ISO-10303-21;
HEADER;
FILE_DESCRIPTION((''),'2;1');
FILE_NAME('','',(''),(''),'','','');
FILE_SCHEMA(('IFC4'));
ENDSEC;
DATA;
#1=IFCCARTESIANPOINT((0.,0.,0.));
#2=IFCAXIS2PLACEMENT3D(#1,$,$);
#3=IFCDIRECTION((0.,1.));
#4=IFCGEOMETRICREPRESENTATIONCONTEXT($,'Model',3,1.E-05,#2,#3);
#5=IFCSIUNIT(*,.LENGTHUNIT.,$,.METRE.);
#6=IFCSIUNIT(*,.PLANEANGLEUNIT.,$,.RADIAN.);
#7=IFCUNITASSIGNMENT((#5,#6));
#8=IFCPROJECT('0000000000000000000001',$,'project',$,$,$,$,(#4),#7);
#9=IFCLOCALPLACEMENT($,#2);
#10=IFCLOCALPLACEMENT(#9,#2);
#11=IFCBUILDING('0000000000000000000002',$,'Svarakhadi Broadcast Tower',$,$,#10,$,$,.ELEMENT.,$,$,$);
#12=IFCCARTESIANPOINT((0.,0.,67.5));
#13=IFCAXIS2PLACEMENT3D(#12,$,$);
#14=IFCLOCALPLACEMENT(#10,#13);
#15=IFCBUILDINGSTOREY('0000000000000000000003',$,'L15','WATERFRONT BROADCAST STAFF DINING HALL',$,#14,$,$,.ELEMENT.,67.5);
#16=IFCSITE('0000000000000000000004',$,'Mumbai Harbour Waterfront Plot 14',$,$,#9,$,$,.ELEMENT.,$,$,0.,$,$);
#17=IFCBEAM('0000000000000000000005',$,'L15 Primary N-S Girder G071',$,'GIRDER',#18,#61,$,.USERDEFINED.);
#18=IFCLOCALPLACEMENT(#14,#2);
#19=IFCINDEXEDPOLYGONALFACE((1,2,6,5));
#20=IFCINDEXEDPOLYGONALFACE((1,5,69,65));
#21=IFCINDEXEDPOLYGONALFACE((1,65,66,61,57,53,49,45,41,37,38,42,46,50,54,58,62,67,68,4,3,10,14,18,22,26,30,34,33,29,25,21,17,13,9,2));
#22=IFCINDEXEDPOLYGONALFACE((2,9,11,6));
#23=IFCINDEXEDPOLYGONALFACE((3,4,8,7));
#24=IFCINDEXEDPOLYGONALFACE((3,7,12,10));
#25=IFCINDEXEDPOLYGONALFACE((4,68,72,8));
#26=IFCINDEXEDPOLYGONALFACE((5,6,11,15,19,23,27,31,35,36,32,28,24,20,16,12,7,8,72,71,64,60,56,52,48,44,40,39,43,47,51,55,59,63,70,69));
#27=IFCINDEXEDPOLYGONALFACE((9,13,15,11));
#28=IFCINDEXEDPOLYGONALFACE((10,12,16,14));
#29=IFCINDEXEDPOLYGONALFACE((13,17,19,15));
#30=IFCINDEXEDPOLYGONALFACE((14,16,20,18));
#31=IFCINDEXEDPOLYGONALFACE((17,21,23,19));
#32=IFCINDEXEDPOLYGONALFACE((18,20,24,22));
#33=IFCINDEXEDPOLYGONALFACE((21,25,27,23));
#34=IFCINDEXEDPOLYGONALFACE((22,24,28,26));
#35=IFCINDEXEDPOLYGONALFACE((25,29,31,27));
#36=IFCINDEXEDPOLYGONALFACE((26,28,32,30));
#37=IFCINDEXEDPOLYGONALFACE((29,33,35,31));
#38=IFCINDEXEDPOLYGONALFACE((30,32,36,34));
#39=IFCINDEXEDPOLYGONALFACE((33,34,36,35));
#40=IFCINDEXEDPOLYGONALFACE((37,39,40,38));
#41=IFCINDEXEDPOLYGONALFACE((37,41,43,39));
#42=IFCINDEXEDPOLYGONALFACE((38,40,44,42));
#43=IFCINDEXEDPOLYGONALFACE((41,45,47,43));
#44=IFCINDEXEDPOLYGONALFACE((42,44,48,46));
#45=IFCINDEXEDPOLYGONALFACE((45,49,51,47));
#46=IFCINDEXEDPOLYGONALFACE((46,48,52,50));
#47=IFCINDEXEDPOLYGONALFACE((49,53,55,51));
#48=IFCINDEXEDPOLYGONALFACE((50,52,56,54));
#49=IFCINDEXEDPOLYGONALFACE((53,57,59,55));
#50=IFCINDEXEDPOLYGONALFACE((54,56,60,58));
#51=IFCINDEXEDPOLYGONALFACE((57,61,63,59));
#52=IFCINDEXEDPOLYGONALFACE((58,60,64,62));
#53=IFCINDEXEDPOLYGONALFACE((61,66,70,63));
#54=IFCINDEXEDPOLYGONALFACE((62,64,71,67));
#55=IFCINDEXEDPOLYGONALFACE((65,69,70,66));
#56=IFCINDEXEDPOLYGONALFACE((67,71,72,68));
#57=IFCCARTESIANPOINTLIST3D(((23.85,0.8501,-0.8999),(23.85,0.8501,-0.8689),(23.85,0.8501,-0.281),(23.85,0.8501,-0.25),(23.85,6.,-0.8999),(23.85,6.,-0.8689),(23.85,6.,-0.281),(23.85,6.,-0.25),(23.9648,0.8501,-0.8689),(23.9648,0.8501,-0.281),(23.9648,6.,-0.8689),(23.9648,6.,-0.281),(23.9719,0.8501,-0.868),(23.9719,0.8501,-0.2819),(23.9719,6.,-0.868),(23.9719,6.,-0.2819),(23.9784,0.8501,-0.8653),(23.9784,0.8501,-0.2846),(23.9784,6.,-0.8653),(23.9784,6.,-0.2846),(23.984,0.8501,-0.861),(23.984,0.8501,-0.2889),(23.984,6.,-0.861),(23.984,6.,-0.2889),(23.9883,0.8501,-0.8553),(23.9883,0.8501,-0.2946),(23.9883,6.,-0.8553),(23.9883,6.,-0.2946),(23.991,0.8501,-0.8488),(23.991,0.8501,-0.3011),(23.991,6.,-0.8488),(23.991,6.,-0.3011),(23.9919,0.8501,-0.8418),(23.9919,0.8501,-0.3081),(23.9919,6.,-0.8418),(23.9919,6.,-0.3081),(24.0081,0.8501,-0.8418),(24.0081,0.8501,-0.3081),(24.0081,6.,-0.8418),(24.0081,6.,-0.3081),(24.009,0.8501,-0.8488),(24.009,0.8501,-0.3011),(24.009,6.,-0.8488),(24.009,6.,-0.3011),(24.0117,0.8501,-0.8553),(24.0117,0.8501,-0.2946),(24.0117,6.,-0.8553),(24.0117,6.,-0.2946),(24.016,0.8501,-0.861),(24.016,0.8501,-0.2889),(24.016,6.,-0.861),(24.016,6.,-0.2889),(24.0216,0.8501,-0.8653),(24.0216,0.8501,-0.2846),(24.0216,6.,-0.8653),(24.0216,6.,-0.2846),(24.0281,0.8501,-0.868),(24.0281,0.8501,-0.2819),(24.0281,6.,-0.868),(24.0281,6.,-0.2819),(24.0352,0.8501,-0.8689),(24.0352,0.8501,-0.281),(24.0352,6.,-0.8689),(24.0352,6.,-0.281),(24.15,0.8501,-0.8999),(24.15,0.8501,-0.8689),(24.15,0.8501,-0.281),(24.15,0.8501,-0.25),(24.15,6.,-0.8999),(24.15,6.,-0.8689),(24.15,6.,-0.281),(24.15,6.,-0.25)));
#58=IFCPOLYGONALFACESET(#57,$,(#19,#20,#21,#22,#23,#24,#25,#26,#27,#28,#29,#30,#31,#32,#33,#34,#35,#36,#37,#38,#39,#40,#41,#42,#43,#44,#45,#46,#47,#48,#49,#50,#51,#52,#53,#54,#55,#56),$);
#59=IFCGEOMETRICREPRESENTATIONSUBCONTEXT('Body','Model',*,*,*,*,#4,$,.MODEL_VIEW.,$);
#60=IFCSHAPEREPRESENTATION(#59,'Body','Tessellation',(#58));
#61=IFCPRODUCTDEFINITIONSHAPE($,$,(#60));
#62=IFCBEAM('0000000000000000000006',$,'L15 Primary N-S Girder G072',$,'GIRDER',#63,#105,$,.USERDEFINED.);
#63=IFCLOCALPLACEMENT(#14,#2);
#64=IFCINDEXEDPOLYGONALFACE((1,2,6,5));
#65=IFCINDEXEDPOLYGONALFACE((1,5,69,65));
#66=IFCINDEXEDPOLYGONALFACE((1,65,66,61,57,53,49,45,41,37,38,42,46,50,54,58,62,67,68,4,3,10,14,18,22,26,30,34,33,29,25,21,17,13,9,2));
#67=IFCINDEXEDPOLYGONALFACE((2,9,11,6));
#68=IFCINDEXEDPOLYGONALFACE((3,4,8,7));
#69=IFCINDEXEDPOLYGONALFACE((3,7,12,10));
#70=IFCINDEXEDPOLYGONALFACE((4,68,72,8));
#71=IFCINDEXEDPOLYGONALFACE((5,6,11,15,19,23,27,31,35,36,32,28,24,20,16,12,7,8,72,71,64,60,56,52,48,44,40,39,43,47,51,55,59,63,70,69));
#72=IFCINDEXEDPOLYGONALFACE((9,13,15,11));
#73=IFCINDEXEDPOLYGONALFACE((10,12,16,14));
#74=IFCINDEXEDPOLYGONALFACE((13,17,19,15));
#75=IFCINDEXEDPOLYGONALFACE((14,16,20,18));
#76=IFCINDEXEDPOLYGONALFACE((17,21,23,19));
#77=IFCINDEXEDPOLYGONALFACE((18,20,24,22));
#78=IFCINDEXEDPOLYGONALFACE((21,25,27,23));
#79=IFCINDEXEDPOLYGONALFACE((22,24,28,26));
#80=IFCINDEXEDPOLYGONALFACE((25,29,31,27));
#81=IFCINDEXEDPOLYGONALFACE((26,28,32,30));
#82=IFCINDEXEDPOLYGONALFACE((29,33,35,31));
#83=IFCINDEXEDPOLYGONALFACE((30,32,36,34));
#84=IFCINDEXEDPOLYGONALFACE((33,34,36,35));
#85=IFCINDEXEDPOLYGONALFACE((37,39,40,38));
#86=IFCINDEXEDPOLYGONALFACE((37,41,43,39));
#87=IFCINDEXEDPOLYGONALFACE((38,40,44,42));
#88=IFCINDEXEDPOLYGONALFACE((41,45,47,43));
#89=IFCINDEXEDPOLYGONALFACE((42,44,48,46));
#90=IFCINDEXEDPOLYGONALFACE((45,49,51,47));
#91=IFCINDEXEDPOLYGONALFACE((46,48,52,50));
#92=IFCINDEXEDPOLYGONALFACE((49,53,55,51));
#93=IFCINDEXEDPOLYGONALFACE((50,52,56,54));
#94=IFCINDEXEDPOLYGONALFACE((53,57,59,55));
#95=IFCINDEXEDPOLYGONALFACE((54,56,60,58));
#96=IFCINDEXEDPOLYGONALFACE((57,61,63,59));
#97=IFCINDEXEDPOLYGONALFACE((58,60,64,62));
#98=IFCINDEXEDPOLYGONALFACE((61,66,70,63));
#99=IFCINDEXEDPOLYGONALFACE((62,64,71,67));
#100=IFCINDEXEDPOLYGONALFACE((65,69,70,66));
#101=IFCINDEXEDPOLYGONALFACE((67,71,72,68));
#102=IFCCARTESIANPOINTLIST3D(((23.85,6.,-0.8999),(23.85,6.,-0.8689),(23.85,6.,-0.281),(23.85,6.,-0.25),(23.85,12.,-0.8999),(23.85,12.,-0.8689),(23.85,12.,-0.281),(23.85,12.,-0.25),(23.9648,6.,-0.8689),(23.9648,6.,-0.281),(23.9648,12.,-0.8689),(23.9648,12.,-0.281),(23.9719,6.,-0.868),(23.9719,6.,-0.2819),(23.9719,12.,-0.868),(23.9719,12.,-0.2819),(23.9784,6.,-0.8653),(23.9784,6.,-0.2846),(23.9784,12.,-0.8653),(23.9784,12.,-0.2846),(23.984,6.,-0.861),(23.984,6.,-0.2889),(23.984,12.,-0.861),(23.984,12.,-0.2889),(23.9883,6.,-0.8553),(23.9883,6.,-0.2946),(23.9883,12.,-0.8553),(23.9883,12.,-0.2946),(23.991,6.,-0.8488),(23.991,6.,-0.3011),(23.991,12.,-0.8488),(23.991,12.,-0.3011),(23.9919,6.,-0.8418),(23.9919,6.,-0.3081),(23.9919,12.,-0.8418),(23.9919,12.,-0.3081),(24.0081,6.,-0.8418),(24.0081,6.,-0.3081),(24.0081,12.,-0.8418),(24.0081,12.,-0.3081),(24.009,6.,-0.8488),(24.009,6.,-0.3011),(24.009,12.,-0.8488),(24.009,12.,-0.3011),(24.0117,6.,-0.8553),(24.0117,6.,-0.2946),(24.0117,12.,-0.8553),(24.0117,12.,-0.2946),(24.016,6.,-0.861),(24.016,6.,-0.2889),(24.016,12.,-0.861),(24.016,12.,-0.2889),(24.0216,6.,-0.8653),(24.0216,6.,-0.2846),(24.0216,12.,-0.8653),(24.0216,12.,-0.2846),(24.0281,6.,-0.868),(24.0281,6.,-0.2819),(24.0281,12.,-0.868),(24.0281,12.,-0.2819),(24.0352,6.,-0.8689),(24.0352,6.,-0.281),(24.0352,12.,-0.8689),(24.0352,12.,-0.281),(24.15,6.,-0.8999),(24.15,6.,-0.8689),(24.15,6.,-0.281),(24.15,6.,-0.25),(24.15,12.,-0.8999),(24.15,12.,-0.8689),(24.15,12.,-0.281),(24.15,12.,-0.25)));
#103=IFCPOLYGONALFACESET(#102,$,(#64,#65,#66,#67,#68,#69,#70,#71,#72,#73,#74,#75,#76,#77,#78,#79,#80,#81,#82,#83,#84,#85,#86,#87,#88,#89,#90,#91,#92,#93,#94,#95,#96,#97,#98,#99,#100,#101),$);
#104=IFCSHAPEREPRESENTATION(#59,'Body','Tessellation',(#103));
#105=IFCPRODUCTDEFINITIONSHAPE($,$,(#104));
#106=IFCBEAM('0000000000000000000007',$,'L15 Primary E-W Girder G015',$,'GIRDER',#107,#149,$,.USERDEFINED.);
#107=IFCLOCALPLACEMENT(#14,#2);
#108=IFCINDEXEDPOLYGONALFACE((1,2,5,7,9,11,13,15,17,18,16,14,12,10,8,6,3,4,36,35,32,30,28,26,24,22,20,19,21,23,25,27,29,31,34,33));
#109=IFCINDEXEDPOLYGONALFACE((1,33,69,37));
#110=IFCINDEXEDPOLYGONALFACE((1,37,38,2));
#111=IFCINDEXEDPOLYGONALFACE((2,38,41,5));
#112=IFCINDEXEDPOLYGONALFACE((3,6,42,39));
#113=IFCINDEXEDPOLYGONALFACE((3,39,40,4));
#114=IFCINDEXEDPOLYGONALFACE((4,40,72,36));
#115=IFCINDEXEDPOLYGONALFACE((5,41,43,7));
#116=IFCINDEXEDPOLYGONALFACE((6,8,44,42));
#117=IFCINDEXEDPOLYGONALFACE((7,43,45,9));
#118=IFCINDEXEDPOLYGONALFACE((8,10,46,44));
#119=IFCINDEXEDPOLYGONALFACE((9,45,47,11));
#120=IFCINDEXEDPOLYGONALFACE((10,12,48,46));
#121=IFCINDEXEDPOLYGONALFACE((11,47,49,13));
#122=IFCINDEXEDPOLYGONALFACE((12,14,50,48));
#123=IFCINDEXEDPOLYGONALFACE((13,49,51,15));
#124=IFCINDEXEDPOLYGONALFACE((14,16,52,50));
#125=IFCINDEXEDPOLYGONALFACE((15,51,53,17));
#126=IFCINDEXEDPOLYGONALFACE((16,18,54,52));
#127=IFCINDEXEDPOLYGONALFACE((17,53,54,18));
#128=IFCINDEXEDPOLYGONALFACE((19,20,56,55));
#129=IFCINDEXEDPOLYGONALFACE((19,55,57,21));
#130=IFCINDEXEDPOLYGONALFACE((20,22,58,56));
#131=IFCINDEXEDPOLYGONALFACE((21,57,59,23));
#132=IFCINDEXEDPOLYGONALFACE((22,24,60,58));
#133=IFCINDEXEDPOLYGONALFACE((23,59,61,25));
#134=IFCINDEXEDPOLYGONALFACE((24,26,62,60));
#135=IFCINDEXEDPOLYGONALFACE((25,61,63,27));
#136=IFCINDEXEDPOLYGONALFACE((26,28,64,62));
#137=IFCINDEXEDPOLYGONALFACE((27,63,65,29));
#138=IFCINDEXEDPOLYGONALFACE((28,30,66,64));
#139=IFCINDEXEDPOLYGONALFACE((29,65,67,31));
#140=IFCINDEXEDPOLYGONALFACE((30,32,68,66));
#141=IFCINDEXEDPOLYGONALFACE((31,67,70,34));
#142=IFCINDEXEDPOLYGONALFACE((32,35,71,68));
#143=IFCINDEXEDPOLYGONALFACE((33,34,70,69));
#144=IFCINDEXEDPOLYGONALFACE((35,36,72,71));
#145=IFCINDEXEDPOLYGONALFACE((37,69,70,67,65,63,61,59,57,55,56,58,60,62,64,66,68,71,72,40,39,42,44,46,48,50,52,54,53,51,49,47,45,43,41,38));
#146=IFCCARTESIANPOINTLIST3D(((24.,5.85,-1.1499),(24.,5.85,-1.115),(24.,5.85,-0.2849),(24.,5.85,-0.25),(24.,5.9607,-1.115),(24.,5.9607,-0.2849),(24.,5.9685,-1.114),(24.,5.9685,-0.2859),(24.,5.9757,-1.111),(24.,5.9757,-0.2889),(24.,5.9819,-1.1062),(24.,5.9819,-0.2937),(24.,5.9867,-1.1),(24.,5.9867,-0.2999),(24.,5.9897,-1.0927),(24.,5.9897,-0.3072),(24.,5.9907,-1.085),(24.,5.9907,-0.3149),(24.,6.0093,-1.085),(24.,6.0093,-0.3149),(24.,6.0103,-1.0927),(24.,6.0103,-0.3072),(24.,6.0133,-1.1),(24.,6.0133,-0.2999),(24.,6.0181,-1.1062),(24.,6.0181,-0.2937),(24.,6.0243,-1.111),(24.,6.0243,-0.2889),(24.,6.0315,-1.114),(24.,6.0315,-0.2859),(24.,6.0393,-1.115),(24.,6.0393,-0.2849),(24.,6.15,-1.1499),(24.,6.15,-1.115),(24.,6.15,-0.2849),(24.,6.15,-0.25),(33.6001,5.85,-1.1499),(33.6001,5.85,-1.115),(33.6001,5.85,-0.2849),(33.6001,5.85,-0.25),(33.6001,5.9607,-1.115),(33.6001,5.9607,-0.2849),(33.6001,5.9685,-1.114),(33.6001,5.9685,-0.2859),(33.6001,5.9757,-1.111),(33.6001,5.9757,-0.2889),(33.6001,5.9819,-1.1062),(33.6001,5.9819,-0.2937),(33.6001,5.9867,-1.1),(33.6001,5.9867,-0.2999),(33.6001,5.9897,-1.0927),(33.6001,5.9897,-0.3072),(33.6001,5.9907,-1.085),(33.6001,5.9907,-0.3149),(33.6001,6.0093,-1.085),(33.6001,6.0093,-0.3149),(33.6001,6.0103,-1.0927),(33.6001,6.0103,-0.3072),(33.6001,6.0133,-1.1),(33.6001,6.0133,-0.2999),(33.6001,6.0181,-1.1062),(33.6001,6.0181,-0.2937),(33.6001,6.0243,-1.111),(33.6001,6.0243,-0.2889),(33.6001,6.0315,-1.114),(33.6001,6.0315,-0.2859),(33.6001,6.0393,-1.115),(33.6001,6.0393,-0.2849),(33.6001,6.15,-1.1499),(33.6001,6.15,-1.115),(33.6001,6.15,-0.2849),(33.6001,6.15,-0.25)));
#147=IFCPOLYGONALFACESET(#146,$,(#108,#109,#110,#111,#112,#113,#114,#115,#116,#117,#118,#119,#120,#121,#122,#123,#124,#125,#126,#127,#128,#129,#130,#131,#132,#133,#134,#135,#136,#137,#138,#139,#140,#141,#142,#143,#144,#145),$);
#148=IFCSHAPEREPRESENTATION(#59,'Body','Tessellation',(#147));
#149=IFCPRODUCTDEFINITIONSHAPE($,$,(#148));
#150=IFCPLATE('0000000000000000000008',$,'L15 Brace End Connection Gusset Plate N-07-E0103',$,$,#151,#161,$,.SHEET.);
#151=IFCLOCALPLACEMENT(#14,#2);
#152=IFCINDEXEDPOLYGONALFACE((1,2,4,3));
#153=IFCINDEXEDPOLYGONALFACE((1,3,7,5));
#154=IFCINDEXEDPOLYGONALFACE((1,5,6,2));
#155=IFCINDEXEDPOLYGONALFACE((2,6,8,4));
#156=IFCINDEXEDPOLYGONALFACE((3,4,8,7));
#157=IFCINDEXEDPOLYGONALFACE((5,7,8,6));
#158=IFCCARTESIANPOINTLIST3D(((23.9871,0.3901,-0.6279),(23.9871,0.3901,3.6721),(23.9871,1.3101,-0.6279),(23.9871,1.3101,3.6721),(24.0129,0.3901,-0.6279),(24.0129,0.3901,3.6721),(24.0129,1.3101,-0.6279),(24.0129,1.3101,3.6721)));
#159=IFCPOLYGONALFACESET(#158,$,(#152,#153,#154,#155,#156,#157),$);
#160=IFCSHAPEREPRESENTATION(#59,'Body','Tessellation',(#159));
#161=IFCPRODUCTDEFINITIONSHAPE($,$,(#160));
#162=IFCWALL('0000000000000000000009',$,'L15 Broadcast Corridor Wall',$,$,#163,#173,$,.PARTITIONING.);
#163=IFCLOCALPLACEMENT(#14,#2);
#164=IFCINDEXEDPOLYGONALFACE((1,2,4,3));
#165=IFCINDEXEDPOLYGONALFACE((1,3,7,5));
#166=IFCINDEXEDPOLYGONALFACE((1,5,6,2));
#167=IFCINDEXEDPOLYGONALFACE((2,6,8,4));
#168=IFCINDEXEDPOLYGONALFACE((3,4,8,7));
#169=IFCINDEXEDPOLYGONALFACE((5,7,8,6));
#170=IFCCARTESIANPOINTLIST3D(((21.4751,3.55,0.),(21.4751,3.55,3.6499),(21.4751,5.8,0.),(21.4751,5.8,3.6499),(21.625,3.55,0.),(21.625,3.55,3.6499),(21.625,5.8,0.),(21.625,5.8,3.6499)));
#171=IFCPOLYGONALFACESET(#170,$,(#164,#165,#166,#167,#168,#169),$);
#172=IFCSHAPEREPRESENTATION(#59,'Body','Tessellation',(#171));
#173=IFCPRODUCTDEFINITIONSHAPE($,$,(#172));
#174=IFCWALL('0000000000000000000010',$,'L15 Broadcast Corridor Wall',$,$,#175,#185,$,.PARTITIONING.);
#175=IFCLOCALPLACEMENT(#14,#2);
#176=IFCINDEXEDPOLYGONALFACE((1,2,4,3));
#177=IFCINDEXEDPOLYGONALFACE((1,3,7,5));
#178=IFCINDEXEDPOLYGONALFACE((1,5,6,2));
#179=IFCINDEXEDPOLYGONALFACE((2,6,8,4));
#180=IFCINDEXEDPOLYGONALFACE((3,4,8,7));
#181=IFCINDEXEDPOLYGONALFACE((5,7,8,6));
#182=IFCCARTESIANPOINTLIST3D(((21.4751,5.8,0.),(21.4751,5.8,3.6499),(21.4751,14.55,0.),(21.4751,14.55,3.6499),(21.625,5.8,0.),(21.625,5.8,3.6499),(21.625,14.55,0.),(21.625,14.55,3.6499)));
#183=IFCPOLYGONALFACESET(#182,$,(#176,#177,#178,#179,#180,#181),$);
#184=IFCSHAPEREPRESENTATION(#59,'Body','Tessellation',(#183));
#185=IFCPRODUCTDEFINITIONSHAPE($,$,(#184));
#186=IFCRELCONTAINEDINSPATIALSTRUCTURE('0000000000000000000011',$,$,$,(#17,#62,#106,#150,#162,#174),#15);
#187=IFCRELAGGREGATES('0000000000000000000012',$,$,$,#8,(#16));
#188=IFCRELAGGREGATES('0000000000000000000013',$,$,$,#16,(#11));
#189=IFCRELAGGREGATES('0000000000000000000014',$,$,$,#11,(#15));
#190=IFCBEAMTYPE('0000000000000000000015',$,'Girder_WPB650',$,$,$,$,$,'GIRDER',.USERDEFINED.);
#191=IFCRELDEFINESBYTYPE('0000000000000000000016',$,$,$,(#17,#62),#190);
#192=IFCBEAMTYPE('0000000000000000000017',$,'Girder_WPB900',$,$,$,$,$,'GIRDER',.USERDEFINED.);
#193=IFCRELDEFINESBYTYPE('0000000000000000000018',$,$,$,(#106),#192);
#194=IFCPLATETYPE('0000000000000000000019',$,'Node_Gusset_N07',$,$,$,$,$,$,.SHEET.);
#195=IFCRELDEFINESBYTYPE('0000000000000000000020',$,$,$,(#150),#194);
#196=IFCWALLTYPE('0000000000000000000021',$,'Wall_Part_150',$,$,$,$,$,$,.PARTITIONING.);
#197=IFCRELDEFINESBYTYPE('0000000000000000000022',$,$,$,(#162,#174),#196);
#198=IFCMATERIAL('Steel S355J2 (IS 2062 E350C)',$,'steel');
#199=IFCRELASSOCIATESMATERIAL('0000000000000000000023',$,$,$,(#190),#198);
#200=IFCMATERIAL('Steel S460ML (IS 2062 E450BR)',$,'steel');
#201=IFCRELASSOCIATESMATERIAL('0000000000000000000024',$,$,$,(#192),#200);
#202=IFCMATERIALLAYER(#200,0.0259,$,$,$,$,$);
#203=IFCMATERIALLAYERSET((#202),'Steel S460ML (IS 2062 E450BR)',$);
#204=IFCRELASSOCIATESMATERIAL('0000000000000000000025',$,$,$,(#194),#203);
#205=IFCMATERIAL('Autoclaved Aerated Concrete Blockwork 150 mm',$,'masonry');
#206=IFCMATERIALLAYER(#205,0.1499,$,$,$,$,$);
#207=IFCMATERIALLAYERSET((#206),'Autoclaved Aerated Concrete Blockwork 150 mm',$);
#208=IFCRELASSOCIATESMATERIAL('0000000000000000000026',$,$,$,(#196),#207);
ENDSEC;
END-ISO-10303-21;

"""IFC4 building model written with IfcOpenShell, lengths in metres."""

from ifc_helpers import new_model, si_unit, direction, frame, frame_2d, origin, origin_2d, place, context, subcontext, project, spatial, rectangle, i_section, extrude, material, layer, layer_set, material_profile, profile_set, type_object, element, save


model = new_model("IFC4")

# Units and contexts
model_context = context("Model", 3, precision=1e-05, world=origin(), true_north=direction((0.0, 1.0)))
body_context = subcontext(model_context, "Body", "Model", "MODEL_VIEW")
ifc_project = project(units=[si_unit("LENGTHUNIT", "METRE"), si_unit("PLANEANGLEUNIT", "RADIAN")], contexts=[model_context])

# Site, building, storey
site_placement = place(None, origin())
site = spatial("IfcSite", under=ifc_project, at=site_placement, Name="Mumbai Harbour Waterfront Plot 14", CompositionType="ELEMENT", RefElevation=0.0)
building_placement = place(site_placement, origin())
building = spatial("IfcBuilding", under=site, at=building_placement, Name="Svarakhadi Broadcast Tower", CompositionType="ELEMENT")
storey_placement = place(building_placement, frame((0.0, 0.0, 67.5)))
storey = spatial("IfcBuildingStorey", under=building, at=storey_placement, Name="L15", Description="WATERFRONT BROADCAST STAFF DINING HALL", CompositionType="ELEMENT", Elevation=67.5)

# Beams
ifc_material_1 = material(Name="Steel S355J2 (IS 2062 E350C)", Category="steel")
ifc_material_profile_1 = material_profile(ifc_material_1, i_section(OverallWidth=0.3, OverallDepth=0.6499, WebThickness=0.0161, FlangeThickness=0.031, FilletRadius=0.0271, at=origin_2d()), Name="WPB 650x300x225")
ifc_profile_set_1 = profile_set([ifc_material_profile_1], Name="Steel S355J2 (IS 2062 E350C)")
beam_type_1 = type_object("IfcBeamType", Name="Girder_WPB650", ElementType="GIRDER", PredefinedType="USERDEFINED", material=ifc_profile_set_1)
beam_1_placement = place(storey_placement, frame((24.0, 0.8501, -0.575), z_axis=(0.0, 1.0, 0.0), x_axis=(-1.0, 0.0, 0.0)))
element("IfcBeam", 1, at=beam_1_placement, inside=storey, type_object=beam_type_1, Name="L15 Primary N-S Girder G071", ObjectType="GIRDER", PredefinedType="USERDEFINED", context=body_context, shape_type="SweptSolid", body=[
    extrude(i_section(OverallWidth=0.3, OverallDepth=0.6499, WebThickness=0.0161, FlangeThickness=0.031, FilletRadius=0.0271, at=origin_2d()), origin(), (0.0, 0.0, 1.0), 5.1499),
])
beam_2_placement = place(storey_placement, frame((24.0, 6.0, -0.575), z_axis=(0.0, 1.0, 0.0), x_axis=(-1.0, 0.0, 0.0)))
element("IfcBeam", 2, at=beam_2_placement, inside=storey, type_object=beam_type_1, Name="L15 Primary N-S Girder G072", ObjectType="GIRDER", PredefinedType="USERDEFINED", context=body_context, shape_type="SweptSolid", body=[
    extrude(i_section(OverallWidth=0.3, OverallDepth=0.6499, WebThickness=0.0161, FlangeThickness=0.031, FilletRadius=0.0271, at=origin_2d()), origin(), (0.0, 0.0, 1.0), 6.0),
])
ifc_material_2 = material(Name="Steel S460ML (IS 2062 E450BR)", Category="steel")
ifc_material_profile_2 = material_profile(ifc_material_2, i_section(OverallWidth=0.3, OverallDepth=0.8999, WebThickness=0.0186, FlangeThickness=0.0349, FilletRadius=0.03, at=origin_2d()), Name="WPB 900x300x291")
ifc_profile_set_2 = profile_set([ifc_material_profile_2], Name="Steel S460ML (IS 2062 E450BR)")
beam_type_2 = type_object("IfcBeamType", Name="Girder_WPB900", ElementType="GIRDER", PredefinedType="USERDEFINED", material=ifc_profile_set_2)
beam_3_placement = place(storey_placement, frame((24.0, 6.0, -0.7), z_axis=(1.0, 0.0, 0.0), x_axis=(0.0, 1.0, 0.0)))
element("IfcBeam", 3, at=beam_3_placement, inside=storey, type_object=beam_type_2, Name="L15 Primary E-W Girder G015", ObjectType="GIRDER", PredefinedType="USERDEFINED", context=body_context, shape_type="SweptSolid", body=[
    extrude(i_section(OverallWidth=0.3, OverallDepth=0.8999, WebThickness=0.0186, FlangeThickness=0.0349, FilletRadius=0.03, at=origin_2d()), origin(), (0.0, 0.0, 1.0), 9.6001),
])

# Plate
ifc_layer_1 = layer(ifc_material_2, 0.0259)
ifc_layer_set_1 = layer_set([ifc_layer_1], Name="Steel S460ML (IS 2062 E450BR)")
plate_type = type_object("IfcPlateType", Name="Node_Gusset_N07", PredefinedType="SHEET", material=ifc_layer_set_1)
plate_placement = place(storey_placement, frame((24.0, 0.8501, -0.6279), z_axis=(0.0, 0.0, 1.0), x_axis=(0.0, 1.0, 0.0)))
element("IfcPlate", 4, at=plate_placement, inside=storey, type_object=plate_type, Name="L15 Brace End Connection Gusset Plate N-07-E0103", PredefinedType="SHEET", context=body_context, shape_type="SweptSolid", body=[
    extrude(rectangle(XDim=0.9199, YDim=0.0259, at=origin_2d()), origin(), (0.0, 0.0, 1.0), 4.3),
])

# Walls
ifc_material_3 = material(Name="Autoclaved Aerated Concrete Blockwork 150 mm", Category="masonry")
ifc_layer_2 = layer(ifc_material_3, 0.1499)
ifc_layer_set_2 = layer_set([ifc_layer_2], Name="Autoclaved Aerated Concrete Blockwork 150 mm")
wall_type_1 = type_object("IfcWallType", Name="Wall_Part_150", PredefinedType="PARTITIONING", material=ifc_layer_set_2)
wall_1_placement = place(storey_placement, frame((21.55, 3.55, 0.0), z_axis=(0.0, 0.0, 1.0), x_axis=(0.0, 1.0, 0.0)))
element("IfcWall", 5, at=wall_1_placement, inside=storey, type_object=wall_type_1, Name="L15 Broadcast Corridor Wall", PredefinedType="PARTITIONING", context=body_context, shape_type="SweptSolid", body=[
    extrude(rectangle(XDim=2.25, YDim=0.1499, at=frame_2d((1.125, 0.0))), origin(), (0.0, 0.0, 1.0), 3.6499),
])
wall_2_placement = place(storey_placement, frame((21.55, 5.8, 0.0), z_axis=(0.0, 0.0, 1.0), x_axis=(0.0, 1.0, 0.0)))
element("IfcWall", 6, at=wall_2_placement, inside=storey, type_object=wall_type_1, Name="L15 Broadcast Corridor Wall", PredefinedType="PARTITIONING", context=body_context, shape_type="SweptSolid", body=[
    extrude(rectangle(XDim=8.75, YDim=0.1499, at=frame_2d((4.375, 0.0))), origin(), (0.0, 0.0, 1.0), 3.6499),
])

save(model, "model.ifc")
